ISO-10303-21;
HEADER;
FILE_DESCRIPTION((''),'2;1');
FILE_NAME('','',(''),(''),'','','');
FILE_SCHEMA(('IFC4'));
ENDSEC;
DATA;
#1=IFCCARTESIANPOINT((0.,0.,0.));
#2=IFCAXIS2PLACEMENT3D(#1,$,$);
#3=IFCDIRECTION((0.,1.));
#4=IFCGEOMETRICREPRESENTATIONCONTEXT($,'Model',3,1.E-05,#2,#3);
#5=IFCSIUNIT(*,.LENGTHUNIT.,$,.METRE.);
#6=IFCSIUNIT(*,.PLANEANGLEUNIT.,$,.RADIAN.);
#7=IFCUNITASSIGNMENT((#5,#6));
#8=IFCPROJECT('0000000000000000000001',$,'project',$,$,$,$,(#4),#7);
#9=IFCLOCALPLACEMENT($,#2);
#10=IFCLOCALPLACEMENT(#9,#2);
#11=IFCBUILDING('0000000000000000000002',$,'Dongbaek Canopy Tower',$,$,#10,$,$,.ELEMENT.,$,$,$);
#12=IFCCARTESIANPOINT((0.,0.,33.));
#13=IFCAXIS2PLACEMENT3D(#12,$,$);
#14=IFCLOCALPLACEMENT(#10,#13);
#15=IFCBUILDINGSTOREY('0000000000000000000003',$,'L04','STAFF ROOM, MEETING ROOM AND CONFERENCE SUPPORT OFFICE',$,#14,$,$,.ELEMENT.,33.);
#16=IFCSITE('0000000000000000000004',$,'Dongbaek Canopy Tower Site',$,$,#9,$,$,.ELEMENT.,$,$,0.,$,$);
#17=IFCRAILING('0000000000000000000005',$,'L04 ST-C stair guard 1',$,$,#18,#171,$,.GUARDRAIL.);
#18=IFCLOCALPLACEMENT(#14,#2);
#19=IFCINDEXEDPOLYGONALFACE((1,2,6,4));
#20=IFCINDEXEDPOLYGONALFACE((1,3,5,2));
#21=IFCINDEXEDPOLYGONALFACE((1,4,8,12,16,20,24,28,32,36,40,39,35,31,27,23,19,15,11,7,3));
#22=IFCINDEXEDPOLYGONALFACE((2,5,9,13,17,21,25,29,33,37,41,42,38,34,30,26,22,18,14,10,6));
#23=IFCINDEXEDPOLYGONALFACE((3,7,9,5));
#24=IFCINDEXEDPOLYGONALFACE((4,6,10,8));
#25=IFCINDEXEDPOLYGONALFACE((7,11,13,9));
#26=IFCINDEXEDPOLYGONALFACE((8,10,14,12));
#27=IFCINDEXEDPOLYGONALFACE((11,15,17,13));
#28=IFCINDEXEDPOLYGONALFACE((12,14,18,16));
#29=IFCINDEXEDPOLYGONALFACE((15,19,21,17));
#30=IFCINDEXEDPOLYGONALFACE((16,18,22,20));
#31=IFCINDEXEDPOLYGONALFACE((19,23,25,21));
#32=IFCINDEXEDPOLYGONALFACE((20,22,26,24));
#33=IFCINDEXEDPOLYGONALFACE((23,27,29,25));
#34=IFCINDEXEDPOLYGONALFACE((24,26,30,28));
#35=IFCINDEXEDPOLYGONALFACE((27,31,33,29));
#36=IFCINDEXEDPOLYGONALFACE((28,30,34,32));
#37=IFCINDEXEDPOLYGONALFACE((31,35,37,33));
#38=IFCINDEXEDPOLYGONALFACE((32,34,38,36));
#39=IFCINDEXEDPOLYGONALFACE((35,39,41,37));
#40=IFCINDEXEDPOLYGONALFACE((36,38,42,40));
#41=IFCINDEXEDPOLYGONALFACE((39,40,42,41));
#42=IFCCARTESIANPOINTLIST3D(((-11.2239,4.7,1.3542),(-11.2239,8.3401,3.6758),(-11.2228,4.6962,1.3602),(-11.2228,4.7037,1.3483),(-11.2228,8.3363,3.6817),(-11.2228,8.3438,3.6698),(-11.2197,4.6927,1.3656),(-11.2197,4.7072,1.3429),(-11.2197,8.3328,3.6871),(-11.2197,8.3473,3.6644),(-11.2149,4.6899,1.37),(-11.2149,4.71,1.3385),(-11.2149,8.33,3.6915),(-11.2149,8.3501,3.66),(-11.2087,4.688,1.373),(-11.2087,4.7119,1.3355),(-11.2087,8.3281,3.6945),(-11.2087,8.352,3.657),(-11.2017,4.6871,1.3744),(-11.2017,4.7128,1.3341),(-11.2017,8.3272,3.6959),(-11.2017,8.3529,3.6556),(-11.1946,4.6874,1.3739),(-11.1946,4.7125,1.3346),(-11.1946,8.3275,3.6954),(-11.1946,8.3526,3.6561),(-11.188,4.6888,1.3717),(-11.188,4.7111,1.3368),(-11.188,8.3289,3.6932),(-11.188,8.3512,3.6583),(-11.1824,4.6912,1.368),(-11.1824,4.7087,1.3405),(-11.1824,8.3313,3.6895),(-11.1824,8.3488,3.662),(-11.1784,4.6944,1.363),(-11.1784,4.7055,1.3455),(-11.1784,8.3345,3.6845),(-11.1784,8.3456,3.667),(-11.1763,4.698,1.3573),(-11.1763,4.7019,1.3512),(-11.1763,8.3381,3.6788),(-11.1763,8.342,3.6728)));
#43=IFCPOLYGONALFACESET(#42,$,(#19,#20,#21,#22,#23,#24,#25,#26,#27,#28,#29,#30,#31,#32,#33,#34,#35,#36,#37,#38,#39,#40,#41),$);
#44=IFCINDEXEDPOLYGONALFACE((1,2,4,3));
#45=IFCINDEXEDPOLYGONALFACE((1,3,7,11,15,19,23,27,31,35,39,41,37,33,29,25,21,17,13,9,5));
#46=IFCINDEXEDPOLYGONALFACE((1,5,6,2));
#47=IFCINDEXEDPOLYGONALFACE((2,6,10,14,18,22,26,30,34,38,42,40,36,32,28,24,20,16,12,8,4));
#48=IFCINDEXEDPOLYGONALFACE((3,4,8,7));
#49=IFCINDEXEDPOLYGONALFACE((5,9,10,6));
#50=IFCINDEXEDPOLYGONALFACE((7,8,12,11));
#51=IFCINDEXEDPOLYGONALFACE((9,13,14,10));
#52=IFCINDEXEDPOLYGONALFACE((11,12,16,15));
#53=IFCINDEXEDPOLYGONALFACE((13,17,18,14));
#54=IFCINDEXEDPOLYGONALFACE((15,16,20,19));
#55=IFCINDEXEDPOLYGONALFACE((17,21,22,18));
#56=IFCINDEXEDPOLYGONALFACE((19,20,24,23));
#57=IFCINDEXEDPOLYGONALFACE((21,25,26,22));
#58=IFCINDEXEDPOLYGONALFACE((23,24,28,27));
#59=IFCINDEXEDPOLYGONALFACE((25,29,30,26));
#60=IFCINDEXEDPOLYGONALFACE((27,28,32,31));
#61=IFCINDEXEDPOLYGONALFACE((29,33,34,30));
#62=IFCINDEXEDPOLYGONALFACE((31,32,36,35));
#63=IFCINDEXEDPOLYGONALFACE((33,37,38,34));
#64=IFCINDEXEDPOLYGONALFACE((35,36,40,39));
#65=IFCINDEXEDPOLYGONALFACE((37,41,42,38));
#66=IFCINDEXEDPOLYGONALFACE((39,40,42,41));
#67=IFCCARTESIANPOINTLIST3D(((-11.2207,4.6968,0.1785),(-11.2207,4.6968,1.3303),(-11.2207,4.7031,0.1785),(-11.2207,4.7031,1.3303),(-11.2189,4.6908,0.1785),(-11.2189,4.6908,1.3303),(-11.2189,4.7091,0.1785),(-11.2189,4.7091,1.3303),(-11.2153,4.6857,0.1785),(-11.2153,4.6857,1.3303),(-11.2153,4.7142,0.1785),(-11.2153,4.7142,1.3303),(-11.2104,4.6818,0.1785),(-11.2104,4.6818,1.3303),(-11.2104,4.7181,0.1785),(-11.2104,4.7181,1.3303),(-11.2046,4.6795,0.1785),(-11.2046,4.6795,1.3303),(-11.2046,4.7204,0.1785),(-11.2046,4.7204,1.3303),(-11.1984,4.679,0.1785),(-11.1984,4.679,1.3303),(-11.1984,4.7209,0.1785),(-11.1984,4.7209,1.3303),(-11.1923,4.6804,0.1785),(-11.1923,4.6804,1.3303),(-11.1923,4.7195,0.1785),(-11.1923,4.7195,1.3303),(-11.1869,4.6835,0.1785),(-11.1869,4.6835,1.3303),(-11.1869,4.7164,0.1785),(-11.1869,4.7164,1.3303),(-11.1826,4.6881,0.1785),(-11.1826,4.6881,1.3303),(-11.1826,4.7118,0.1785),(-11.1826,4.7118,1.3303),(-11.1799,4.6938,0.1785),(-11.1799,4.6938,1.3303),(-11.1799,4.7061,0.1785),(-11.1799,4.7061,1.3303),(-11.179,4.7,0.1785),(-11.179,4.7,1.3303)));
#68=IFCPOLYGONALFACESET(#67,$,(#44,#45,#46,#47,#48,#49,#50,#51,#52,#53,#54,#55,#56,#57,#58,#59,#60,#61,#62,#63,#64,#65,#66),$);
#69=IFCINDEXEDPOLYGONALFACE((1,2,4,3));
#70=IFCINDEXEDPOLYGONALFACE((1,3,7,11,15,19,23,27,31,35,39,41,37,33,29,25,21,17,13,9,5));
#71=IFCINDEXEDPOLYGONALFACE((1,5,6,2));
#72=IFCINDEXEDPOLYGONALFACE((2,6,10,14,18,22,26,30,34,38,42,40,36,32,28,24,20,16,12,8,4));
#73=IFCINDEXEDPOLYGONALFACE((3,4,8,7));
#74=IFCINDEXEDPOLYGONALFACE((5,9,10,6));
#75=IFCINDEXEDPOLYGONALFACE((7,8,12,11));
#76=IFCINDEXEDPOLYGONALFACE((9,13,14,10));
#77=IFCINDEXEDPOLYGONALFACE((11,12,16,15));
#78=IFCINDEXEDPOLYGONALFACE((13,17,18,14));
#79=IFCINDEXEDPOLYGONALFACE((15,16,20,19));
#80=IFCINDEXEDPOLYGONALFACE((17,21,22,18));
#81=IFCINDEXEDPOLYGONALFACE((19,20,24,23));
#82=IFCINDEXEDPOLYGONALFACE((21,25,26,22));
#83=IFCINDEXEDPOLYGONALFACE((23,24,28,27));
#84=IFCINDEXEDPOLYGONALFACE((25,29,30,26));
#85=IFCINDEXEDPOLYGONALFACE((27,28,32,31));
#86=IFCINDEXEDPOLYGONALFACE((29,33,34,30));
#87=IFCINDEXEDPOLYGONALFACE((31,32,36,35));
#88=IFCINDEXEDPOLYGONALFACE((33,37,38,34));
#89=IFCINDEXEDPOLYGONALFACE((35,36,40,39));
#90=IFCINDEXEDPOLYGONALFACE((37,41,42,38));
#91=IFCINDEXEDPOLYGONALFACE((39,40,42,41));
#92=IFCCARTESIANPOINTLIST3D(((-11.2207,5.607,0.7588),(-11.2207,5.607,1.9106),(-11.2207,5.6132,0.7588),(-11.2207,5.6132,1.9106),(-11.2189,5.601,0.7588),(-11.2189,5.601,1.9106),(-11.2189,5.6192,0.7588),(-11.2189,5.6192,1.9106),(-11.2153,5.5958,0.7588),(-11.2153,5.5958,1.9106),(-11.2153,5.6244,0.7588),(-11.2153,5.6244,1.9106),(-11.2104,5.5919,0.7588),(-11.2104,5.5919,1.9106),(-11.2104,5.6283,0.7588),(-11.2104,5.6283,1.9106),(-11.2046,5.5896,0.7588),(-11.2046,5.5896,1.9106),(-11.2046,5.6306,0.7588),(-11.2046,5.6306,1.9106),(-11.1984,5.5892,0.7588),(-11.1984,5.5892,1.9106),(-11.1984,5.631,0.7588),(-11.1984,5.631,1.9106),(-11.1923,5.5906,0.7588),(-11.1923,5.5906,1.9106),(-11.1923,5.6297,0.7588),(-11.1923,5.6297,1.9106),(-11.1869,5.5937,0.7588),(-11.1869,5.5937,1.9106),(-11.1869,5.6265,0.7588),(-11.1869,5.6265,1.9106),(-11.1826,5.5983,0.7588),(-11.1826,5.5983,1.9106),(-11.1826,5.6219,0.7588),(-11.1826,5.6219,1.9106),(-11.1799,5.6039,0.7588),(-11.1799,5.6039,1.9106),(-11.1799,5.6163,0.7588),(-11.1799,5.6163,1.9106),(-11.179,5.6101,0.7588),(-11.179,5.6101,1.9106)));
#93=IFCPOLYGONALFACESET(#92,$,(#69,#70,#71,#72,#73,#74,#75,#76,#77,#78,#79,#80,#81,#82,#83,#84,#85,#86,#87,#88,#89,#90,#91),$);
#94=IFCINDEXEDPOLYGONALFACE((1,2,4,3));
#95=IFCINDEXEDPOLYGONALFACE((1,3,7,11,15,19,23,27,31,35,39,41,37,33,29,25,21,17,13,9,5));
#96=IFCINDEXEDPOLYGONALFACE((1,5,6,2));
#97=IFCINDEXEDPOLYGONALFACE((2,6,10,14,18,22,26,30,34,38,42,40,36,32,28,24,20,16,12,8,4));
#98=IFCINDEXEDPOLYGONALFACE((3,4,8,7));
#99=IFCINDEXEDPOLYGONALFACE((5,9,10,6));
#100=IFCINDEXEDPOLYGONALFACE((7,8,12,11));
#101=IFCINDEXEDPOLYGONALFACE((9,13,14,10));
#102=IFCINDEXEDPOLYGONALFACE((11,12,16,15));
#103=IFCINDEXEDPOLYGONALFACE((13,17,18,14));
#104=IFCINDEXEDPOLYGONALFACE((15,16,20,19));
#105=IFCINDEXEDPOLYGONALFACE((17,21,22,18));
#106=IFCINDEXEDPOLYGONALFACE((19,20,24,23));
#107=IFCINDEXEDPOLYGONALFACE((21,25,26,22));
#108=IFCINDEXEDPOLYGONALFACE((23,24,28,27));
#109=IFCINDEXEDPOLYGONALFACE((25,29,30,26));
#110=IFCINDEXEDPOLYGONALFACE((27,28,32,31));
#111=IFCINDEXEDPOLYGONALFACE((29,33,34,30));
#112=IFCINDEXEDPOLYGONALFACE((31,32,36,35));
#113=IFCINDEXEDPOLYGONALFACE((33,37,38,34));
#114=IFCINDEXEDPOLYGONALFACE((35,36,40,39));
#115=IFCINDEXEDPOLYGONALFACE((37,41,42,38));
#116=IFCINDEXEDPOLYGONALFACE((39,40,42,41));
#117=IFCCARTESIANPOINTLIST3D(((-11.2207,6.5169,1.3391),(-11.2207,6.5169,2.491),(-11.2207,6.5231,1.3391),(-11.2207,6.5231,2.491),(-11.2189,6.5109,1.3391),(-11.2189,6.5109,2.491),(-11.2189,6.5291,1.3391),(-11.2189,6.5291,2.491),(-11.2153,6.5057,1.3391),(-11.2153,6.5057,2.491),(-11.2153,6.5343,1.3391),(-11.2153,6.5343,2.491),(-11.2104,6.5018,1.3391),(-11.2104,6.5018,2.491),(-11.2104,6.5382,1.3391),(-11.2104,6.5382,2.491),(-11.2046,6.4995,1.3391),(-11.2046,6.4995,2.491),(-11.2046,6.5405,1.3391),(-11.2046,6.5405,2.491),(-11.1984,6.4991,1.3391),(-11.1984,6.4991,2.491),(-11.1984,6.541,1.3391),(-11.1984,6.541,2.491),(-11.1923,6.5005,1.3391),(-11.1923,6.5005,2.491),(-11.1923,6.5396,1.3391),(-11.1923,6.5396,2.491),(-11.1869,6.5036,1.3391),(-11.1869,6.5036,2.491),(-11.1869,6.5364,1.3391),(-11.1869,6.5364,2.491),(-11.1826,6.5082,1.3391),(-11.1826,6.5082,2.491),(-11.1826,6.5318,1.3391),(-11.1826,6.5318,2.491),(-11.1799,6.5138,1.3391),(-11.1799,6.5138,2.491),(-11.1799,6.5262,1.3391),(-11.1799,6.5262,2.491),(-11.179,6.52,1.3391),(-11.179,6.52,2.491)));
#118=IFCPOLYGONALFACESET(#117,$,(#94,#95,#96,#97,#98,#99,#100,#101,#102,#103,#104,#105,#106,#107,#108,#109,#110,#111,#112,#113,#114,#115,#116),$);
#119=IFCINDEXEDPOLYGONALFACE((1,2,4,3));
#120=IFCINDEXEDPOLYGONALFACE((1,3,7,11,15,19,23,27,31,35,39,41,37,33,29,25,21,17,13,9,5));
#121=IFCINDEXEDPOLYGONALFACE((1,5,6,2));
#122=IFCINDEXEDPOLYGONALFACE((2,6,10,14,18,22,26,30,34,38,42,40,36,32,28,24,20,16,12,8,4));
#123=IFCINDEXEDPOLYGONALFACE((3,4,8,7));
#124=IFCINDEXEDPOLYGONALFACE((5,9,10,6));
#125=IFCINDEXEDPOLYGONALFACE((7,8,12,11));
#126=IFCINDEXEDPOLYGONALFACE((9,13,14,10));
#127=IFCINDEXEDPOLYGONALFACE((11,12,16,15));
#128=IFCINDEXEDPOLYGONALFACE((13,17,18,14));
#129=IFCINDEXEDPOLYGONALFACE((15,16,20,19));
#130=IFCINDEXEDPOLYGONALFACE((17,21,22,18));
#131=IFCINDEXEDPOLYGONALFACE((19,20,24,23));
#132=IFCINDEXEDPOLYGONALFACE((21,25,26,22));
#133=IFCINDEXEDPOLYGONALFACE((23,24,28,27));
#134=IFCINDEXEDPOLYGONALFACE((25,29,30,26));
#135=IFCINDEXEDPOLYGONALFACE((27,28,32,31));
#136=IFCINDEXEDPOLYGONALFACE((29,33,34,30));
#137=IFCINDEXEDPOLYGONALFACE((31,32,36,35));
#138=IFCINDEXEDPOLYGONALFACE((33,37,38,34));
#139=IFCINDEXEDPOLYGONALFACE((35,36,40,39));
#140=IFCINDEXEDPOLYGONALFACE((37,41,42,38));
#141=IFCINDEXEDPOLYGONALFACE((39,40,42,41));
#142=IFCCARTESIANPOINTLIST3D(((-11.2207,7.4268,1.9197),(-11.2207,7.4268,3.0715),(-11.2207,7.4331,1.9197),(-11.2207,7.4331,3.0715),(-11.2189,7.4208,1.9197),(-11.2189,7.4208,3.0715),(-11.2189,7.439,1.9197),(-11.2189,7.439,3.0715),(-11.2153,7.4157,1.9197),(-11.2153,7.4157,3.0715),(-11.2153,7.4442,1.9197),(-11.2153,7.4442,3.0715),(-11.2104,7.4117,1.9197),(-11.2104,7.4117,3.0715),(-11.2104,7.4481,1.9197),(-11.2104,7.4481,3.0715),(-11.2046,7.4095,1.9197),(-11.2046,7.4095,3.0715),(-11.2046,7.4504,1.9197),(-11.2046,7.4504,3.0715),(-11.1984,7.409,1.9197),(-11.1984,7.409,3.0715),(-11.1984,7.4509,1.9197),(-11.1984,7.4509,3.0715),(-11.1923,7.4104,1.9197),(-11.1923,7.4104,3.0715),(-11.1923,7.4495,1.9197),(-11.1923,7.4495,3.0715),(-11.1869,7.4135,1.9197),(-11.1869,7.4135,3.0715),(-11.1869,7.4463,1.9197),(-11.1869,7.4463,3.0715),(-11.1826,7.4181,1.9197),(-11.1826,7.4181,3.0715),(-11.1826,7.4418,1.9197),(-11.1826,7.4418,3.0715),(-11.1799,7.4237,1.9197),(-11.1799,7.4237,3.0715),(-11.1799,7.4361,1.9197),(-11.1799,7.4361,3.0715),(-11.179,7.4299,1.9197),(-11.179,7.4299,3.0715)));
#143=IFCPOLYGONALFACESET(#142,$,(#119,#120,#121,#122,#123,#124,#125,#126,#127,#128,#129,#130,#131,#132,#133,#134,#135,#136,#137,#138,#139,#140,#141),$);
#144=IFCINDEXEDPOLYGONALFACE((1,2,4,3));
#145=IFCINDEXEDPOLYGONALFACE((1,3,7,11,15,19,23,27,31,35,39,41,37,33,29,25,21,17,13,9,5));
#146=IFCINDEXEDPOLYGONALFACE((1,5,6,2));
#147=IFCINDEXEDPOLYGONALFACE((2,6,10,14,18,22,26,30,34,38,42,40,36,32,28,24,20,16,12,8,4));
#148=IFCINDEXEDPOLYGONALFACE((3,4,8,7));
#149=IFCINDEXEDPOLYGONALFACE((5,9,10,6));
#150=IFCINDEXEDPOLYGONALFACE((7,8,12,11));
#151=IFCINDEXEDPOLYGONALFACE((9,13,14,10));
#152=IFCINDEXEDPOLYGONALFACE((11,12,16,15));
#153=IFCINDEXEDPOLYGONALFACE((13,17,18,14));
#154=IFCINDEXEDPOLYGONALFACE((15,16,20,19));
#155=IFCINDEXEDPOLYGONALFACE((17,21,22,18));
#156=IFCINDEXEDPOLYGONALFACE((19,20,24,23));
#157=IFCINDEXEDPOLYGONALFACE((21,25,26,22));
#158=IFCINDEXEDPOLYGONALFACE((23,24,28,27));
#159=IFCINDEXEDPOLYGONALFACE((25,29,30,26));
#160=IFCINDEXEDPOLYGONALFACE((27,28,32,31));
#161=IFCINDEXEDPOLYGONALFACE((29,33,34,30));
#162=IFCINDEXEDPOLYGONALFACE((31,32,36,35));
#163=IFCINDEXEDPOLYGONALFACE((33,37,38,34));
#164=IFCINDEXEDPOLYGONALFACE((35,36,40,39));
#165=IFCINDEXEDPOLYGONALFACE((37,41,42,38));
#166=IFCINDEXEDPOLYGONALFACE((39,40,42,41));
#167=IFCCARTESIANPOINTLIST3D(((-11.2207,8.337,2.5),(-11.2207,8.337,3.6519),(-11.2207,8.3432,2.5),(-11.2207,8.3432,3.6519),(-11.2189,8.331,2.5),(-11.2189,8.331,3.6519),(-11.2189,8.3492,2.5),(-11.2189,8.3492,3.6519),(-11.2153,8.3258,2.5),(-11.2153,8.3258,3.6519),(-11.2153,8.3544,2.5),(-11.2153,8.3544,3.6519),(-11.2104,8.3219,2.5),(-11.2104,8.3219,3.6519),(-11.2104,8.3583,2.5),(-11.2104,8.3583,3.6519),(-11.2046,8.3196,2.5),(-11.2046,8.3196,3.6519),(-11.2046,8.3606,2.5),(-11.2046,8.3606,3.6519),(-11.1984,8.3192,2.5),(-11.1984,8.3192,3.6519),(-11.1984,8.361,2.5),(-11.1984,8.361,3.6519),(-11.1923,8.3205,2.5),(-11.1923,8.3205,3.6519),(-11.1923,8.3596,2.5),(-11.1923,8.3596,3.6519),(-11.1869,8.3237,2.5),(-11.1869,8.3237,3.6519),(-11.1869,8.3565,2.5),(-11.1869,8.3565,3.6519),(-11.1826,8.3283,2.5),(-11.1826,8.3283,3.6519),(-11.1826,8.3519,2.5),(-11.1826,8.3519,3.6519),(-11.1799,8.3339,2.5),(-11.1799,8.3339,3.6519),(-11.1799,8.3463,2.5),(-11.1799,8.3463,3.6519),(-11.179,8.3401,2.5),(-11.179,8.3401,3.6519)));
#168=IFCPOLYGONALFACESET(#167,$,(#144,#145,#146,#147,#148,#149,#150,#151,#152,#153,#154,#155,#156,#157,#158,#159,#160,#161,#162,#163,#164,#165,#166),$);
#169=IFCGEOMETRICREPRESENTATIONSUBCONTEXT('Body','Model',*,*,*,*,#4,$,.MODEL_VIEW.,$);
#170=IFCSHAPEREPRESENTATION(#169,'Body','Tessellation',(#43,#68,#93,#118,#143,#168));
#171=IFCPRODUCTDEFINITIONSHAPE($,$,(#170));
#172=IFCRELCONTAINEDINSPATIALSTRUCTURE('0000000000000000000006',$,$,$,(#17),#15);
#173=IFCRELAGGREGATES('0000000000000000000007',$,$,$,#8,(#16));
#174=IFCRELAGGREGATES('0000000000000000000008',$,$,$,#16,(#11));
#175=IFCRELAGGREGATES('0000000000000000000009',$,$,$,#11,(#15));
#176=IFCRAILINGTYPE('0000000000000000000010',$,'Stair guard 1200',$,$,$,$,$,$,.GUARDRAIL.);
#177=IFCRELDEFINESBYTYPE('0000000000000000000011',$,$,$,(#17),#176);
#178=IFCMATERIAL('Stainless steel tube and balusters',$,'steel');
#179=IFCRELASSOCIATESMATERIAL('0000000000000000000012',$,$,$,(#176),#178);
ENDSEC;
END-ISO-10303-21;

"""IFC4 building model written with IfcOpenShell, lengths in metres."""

from ifc_helpers import new_model, si_unit, direction, frame, origin, origin_2d, place, context, subcontext, project, spatial, circle, extrude, material, type_object, element, save


model = new_model("IFC4")

# Units and contexts
model_context = context("Model", 3, precision=1e-05, world=origin(), true_north=direction((0.0, 1.0)))
body_context = subcontext(model_context, "Body", "Model", "MODEL_VIEW")
ifc_project = project(units=[si_unit("LENGTHUNIT", "METRE"), si_unit("PLANEANGLEUNIT", "RADIAN")], contexts=[model_context])

# Site, building, storey
site_placement = place(None, origin())
site = spatial("IfcSite", under=ifc_project, at=site_placement, Name="Dongbaek Canopy Tower Site", CompositionType="ELEMENT", RefElevation=0.0)
building_placement = place(site_placement, origin())
building = spatial("IfcBuilding", under=site, at=building_placement, Name="Dongbaek Canopy Tower", CompositionType="ELEMENT")
storey_placement = place(building_placement, frame((0.0, 0.0, 33.0)))
storey = spatial("IfcBuildingStorey", under=building, at=storey_placement, Name="L04", Description="STAFF ROOM, MEETING ROOM AND CONFERENCE SUPPORT OFFICE", CompositionType="ELEMENT", Elevation=33.0)

# Railing
ifc_material_1 = material(Name="Stainless steel tube and balusters", Category="steel")
railing_type_1 = type_object("IfcRailingType", Name="Stair guard 1200", PredefinedType="GUARDRAIL", material=ifc_material_1)
railing_1_placement = place(storey_placement, frame((-11.2, 4.7, 0.1785)))
element("IfcRailing", 1, at=railing_1_placement, inside=storey, type_object=railing_type_1, Name="L04 ST-C stair guard 1", PredefinedType="GUARDRAIL", context=body_context, shape_type="SweptSolid", body=[
    extrude(circle(Radius=0.0239, at=origin_2d()), frame((0.0, 0.0, 1.1758), z_axis=(0.0, 0.843128, 0.537713), x_axis=(-1.0, 0.0, 0.0)), (0.0, 0.0, 1.0), 4.3174),
    extrude(circle(Radius=0.021, at=origin_2d()), origin(), (0.0, 0.0, 1.0), 1.1519),
    extrude(circle(Radius=0.021, at=origin_2d()), frame((0.0, 0.9102, 0.5803)), (0.0, 0.0, 1.0), 1.1519),
    extrude(circle(Radius=0.021, at=origin_2d()), frame((0.0, 1.8201, 1.1606)), (0.0, 0.0, 1.0), 1.1519),
    extrude(circle(Radius=0.021, at=origin_2d()), frame((0.0, 2.73, 1.7412)), (0.0, 0.0, 1.0), 1.1519),
    extrude(circle(Radius=0.021, at=origin_2d()), frame((0.0, 3.6401, 2.3215)), (0.0, 0.0, 1.0), 1.1519),
])

save(model, "model.ifc")
